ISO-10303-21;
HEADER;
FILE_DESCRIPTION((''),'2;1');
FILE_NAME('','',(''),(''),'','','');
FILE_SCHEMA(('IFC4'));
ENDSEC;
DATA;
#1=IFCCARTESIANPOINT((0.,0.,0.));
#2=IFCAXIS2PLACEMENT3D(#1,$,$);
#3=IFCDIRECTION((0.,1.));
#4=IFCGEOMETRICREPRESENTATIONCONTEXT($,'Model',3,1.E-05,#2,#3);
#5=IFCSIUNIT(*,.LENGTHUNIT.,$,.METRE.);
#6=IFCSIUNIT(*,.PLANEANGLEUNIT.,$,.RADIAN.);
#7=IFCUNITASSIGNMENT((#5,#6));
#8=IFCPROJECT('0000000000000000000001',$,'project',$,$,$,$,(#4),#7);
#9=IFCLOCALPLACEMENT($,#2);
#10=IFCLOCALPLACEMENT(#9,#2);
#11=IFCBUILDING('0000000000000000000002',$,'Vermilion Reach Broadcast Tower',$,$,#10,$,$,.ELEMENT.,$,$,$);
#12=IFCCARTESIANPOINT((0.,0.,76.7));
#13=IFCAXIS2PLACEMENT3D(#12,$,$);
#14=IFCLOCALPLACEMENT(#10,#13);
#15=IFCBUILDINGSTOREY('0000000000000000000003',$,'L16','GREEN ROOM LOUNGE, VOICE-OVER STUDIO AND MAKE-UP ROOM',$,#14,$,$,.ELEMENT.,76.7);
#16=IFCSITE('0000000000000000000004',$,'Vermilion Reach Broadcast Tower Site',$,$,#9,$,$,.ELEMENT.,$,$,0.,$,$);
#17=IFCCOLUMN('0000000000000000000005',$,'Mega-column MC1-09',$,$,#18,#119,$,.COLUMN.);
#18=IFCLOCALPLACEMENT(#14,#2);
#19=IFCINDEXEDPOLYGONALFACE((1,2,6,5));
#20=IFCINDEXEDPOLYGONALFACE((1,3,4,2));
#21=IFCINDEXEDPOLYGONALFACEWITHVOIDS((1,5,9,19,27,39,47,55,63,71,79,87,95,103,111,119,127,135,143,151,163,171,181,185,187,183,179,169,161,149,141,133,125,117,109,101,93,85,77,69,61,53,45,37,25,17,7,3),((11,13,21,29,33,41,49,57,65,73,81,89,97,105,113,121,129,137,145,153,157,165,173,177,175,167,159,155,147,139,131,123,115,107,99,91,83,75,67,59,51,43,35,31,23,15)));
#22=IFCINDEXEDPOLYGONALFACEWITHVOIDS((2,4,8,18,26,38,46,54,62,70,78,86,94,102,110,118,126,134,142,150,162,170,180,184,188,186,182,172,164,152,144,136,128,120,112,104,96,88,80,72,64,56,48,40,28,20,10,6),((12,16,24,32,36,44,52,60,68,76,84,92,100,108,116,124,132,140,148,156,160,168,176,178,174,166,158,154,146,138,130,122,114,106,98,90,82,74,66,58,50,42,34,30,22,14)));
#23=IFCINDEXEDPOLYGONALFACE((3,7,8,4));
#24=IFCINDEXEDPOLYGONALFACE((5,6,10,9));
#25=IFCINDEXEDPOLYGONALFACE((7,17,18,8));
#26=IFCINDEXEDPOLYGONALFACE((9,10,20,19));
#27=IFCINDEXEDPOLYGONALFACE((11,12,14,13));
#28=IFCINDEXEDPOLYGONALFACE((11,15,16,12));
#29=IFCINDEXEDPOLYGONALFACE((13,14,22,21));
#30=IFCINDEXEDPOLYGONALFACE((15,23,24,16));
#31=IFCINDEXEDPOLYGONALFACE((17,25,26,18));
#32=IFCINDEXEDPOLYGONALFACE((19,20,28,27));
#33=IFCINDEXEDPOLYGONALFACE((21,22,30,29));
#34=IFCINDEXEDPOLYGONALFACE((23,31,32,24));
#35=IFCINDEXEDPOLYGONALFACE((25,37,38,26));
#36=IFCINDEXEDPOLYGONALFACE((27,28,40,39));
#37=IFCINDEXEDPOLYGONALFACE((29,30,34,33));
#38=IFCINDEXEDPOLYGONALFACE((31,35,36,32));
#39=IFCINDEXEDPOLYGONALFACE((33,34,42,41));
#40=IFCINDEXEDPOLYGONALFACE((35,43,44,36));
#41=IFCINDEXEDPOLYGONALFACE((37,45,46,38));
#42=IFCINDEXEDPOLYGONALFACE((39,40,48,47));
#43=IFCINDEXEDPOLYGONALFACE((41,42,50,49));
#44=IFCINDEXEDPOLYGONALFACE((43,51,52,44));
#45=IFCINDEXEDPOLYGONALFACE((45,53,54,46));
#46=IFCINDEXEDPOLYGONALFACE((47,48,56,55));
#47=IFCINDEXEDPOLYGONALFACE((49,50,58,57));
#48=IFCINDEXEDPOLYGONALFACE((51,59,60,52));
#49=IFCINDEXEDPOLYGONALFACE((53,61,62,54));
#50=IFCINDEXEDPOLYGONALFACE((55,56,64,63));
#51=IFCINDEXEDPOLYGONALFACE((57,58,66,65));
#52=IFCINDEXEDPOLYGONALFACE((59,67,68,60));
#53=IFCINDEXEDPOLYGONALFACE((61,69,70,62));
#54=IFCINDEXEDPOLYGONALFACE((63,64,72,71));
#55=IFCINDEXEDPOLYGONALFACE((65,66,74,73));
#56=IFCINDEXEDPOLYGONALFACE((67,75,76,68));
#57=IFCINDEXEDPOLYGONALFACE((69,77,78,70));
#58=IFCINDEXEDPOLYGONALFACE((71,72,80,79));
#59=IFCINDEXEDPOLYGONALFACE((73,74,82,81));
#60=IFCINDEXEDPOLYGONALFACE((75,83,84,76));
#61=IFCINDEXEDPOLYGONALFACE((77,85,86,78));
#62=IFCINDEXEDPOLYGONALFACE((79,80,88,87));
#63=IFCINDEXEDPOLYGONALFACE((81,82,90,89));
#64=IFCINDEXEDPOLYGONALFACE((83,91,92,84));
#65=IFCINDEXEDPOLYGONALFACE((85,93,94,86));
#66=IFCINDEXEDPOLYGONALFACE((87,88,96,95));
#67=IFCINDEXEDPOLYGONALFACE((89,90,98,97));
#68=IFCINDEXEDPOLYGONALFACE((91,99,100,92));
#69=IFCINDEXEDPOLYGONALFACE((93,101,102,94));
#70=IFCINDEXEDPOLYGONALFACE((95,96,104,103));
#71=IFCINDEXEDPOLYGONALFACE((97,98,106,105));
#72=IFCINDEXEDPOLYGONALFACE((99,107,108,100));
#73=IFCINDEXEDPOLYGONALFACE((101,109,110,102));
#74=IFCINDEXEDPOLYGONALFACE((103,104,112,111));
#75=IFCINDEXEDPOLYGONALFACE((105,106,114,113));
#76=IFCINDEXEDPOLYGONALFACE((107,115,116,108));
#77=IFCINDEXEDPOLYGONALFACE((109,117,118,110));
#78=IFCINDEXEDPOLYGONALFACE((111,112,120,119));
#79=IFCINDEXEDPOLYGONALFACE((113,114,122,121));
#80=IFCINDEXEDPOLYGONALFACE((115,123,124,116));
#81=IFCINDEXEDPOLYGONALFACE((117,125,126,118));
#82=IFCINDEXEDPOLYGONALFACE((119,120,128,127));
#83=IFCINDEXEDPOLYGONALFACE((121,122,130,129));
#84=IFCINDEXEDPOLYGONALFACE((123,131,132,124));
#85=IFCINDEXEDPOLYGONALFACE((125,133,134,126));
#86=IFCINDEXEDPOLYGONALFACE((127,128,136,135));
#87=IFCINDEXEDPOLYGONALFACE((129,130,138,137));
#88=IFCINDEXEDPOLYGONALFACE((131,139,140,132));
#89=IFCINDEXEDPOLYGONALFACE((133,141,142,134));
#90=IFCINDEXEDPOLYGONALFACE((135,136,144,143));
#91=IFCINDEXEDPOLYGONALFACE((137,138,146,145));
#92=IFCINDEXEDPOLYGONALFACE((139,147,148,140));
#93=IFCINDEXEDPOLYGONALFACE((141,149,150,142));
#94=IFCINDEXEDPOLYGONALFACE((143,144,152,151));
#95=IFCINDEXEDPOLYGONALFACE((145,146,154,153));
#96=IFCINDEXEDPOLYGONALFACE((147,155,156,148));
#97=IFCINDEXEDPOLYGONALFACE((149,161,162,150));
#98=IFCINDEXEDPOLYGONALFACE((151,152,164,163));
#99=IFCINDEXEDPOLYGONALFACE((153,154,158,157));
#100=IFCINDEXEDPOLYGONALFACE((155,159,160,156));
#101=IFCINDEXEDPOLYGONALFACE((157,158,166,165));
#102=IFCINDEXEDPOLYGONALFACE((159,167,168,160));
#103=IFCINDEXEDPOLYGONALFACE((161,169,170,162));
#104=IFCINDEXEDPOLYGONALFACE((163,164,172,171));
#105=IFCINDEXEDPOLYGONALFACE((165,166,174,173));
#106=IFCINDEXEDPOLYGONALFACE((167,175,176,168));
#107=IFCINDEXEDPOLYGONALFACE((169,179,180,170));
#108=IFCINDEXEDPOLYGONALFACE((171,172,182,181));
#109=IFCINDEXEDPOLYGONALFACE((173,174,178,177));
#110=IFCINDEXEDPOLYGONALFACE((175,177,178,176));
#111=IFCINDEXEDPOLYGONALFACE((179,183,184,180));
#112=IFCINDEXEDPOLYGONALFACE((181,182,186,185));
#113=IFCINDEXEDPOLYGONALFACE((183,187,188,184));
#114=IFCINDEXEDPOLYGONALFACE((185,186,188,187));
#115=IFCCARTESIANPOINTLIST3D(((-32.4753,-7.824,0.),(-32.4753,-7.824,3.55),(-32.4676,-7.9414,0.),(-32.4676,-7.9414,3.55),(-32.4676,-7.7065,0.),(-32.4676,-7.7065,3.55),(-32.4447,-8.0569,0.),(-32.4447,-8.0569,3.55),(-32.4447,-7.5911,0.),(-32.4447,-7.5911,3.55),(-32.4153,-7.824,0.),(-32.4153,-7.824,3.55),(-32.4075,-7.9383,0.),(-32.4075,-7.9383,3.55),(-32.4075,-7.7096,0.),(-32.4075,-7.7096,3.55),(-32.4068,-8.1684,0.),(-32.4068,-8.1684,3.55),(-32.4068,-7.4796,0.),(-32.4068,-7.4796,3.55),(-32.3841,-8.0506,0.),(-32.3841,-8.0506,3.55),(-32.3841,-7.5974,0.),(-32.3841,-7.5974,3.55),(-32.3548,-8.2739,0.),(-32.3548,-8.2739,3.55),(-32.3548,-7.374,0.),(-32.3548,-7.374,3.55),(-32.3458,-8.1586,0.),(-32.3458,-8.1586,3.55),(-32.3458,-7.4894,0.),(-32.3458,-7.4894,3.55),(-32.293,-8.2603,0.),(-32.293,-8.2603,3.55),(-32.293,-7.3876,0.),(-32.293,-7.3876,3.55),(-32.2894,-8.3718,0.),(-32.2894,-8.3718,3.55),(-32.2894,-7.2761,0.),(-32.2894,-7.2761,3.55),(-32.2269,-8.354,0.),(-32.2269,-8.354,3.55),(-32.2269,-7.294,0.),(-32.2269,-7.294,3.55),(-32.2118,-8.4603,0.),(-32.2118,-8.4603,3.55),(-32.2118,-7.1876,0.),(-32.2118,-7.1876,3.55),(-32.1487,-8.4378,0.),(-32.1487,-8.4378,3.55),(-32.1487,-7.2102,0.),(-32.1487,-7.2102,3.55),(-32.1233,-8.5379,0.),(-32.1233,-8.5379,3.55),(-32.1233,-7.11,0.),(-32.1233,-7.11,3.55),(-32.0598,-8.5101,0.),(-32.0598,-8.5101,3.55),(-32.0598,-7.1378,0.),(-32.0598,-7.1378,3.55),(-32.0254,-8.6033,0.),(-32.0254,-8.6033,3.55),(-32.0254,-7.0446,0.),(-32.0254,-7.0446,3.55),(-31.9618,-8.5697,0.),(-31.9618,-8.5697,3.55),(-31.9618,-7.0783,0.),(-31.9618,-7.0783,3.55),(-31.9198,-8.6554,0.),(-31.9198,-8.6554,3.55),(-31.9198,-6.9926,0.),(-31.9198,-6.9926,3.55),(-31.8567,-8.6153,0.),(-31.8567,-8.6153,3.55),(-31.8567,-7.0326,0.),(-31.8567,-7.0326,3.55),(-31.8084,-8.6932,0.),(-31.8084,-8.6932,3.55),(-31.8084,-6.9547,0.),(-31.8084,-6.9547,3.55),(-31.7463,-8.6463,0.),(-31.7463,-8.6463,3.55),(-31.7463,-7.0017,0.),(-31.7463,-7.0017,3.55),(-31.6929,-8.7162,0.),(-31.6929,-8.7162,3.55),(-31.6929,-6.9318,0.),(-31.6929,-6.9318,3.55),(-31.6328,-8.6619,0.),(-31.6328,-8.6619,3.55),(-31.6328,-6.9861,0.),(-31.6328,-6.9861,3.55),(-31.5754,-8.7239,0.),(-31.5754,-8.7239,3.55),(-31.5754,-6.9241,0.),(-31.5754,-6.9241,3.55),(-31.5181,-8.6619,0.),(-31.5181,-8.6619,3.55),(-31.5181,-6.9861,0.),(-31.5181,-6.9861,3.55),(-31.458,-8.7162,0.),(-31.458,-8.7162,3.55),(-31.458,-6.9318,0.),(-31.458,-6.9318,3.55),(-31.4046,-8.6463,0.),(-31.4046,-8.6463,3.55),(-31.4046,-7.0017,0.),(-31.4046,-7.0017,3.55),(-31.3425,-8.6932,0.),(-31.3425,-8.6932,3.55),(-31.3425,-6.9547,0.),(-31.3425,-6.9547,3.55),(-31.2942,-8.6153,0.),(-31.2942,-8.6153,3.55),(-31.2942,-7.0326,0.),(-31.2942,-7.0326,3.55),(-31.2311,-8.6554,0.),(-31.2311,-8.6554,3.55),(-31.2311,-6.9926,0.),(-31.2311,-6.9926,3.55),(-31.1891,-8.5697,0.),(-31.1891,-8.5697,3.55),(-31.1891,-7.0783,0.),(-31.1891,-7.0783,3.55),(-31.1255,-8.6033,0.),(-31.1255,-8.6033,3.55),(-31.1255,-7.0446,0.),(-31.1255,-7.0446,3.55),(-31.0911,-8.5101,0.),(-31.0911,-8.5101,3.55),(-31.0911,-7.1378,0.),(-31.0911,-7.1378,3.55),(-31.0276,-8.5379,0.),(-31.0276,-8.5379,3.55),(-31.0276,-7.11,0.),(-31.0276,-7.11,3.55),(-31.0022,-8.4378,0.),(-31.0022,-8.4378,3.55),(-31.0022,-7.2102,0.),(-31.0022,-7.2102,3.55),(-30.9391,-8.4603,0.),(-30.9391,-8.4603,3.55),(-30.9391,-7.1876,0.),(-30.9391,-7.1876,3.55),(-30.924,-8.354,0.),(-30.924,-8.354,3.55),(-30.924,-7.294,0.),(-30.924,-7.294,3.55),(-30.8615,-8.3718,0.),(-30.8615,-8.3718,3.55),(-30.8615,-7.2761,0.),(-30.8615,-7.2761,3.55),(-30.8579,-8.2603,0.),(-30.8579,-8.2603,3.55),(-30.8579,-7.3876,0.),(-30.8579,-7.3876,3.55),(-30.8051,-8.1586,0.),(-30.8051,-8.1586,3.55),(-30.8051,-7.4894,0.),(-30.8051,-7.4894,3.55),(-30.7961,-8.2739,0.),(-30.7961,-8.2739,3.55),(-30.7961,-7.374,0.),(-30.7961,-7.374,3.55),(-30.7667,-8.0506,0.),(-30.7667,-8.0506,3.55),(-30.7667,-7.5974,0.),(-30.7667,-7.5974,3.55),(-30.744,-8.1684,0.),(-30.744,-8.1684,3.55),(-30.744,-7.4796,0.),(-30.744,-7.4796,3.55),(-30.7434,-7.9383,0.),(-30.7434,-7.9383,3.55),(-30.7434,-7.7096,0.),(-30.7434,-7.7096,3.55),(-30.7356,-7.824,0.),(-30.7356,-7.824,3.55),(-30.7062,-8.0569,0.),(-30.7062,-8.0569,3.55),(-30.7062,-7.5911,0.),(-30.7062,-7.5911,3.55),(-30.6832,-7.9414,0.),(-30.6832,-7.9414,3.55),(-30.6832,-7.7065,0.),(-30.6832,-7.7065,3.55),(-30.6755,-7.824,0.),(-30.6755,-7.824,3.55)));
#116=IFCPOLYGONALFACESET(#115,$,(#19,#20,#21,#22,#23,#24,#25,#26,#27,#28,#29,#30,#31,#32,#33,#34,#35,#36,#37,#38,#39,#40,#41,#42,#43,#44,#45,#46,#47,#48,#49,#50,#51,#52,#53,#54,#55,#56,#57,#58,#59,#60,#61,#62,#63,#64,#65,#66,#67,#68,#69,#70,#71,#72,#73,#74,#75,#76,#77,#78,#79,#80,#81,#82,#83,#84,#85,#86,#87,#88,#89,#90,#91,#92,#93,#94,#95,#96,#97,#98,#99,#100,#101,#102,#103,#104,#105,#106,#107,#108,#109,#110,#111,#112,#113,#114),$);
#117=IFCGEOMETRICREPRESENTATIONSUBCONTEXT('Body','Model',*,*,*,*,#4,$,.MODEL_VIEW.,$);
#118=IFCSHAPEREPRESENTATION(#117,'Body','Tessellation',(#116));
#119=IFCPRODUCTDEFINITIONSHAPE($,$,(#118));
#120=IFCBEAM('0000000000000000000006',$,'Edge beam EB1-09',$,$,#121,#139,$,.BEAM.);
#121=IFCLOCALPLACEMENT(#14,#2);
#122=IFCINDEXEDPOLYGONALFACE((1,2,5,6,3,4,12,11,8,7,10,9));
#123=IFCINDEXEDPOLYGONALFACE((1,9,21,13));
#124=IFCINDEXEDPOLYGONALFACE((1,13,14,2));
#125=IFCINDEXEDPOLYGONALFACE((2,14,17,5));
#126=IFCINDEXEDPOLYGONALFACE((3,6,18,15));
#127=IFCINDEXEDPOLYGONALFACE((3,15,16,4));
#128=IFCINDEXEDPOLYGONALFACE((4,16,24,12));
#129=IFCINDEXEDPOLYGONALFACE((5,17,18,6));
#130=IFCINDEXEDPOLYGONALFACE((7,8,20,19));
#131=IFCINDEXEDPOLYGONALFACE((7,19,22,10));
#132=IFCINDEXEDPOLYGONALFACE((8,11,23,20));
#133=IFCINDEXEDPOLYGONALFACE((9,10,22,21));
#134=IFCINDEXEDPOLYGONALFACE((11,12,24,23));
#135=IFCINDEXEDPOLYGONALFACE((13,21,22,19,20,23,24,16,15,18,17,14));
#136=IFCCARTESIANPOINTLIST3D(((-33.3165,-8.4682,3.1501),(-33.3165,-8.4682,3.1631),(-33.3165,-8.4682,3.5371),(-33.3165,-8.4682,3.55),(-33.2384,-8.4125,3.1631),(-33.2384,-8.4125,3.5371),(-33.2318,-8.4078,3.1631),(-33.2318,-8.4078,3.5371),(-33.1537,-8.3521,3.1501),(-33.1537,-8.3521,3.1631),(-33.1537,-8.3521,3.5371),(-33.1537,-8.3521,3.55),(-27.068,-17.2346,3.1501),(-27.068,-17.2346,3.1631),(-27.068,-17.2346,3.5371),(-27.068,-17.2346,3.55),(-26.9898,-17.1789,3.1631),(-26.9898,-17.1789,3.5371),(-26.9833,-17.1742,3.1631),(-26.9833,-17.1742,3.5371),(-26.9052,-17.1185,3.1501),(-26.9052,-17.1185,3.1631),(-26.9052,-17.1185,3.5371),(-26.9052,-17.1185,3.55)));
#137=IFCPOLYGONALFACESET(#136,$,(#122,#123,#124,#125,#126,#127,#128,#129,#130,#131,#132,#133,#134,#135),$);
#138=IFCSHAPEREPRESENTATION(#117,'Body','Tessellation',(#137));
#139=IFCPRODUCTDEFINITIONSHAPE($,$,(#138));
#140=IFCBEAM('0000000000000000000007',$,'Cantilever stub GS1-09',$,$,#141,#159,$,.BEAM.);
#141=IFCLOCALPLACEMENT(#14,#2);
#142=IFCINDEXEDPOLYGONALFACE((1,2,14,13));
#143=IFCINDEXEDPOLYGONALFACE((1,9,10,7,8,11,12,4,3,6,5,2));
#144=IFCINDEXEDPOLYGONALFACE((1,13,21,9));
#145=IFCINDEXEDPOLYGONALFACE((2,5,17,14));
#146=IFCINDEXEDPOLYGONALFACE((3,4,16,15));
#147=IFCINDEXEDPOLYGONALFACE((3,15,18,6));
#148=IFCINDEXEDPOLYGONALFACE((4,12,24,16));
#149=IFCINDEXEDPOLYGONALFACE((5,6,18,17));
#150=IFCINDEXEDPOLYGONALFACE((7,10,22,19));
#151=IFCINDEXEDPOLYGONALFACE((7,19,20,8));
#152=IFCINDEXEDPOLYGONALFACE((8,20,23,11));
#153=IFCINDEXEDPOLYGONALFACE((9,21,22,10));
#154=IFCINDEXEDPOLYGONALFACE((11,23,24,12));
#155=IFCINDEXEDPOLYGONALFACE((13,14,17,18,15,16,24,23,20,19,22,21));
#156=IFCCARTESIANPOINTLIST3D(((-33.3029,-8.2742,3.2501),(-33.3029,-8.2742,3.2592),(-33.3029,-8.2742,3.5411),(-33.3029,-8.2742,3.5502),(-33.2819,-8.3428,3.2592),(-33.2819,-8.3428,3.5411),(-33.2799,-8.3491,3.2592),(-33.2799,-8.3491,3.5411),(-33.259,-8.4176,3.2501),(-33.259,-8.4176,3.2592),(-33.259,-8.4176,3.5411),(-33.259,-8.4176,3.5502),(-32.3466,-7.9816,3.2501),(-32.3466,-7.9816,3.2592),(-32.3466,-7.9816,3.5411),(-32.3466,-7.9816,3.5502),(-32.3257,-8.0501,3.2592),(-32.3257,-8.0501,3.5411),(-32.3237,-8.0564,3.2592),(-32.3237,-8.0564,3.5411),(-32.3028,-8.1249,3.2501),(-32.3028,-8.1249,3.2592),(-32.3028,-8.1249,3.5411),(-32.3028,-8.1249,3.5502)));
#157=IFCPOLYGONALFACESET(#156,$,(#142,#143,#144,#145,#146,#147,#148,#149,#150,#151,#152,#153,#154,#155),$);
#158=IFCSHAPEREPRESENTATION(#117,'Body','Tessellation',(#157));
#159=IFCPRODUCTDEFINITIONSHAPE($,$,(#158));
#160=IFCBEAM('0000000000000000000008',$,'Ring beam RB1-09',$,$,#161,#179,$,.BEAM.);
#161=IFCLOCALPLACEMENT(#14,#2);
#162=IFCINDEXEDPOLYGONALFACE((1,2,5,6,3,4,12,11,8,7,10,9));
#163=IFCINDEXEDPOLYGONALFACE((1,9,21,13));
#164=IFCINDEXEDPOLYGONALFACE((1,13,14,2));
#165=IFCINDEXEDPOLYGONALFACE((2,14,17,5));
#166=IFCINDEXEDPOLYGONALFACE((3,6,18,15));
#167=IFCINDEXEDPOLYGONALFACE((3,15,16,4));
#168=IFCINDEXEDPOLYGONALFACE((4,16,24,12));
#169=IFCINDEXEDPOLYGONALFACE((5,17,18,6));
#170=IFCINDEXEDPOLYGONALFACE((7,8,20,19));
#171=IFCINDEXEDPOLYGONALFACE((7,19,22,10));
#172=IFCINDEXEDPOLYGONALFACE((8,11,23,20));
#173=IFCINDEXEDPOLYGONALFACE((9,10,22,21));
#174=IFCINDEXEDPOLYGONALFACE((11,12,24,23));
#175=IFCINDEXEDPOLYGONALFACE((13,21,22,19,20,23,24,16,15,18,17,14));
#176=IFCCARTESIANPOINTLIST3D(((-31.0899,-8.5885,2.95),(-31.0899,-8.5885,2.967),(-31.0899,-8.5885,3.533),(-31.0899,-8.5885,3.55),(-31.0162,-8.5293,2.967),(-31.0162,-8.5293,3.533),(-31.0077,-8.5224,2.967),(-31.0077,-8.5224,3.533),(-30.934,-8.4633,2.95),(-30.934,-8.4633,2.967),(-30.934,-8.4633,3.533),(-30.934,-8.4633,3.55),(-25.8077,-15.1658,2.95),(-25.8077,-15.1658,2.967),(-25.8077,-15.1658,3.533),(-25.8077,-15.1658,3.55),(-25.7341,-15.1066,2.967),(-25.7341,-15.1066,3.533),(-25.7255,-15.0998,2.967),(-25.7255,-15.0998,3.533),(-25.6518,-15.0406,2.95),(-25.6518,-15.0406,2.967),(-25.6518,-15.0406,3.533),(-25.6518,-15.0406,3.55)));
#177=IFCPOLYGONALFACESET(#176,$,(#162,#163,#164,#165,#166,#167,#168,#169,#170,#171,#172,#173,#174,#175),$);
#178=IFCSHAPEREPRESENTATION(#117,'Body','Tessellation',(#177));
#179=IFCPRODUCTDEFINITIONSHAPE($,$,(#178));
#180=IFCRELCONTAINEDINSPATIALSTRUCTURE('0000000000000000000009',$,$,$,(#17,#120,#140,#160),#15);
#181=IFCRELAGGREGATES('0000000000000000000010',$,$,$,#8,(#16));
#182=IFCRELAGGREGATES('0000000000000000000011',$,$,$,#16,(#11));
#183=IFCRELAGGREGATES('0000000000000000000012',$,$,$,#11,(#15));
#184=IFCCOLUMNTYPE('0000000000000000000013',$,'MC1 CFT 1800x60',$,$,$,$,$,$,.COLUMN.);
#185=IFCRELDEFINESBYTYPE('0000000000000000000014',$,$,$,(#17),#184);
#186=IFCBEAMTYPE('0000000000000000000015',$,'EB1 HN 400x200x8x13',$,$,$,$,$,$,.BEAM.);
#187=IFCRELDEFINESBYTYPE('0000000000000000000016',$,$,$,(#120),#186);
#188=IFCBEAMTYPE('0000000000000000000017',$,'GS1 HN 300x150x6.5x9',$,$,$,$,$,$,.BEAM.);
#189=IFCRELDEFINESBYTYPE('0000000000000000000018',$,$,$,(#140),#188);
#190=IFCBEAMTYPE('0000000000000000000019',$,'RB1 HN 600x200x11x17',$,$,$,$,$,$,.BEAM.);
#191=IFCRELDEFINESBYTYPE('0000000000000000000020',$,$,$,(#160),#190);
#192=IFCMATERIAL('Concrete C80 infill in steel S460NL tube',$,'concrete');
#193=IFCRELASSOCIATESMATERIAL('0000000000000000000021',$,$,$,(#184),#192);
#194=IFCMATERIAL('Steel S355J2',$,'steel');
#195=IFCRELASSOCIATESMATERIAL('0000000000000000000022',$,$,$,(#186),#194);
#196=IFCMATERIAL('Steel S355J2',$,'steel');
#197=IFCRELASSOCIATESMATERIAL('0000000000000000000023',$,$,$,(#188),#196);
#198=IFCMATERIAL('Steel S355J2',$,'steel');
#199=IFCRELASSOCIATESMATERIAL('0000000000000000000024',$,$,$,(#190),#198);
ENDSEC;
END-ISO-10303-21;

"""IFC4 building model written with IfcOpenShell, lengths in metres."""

from ifc_helpers import new_model, si_unit, direction, frame, origin, origin_2d, place, context, subcontext, project, spatial, hollow_circle, i_section, extrude, material, material_profile, profile_set, type_object, element, save


model = new_model("IFC4")

# Units and contexts
model_context = context("Model", 3, precision=1e-05, world=origin(), true_north=direction((0.0, 1.0)))
body_context = subcontext(model_context, "Body", "Model", "MODEL_VIEW")
ifc_project = project(units=[si_unit("LENGTHUNIT", "METRE"), si_unit("PLANEANGLEUNIT", "RADIAN")], contexts=[model_context])

# Site, building, storey
site_placement = place(None, origin())
site = spatial("IfcSite", under=ifc_project, at=site_placement, Name="Vermilion Reach Broadcast Tower Site", CompositionType="ELEMENT", RefElevation=0.0)
building_placement = place(site_placement, origin())
building = spatial("IfcBuilding", under=site, at=building_placement, Name="Vermilion Reach Broadcast Tower", CompositionType="ELEMENT")
storey_placement = place(building_placement, frame((0.0, 0.0, 76.7)))
storey = spatial("IfcBuildingStorey", under=building, at=storey_placement, Name="L16", Description="GREEN ROOM LOUNGE, VOICE-OVER STUDIO AND MAKE-UP ROOM", CompositionType="ELEMENT", Elevation=76.7)

# Column
ifc_material_1 = material(Name="Concrete C80 infill in steel S460NL tube", Category="concrete")
ifc_material_profile_1 = material_profile(ifc_material_1, hollow_circle(Radius=0.8999, WallThickness=0.0601, at=origin_2d()), Name="Concrete C80 infill in steel S460NL tube CFT 1800x60")
ifc_profile_set_1 = profile_set([ifc_material_profile_1], Name="Concrete C80 infill in steel S460NL tube")
column_type = type_object("IfcColumnType", Name="MC1 CFT 1800x60", PredefinedType="COLUMN", material=ifc_profile_set_1)
column_placement = place(storey_placement, frame((-31.5754, -7.824, 0.0), z_axis=(0.0, 0.0, 1.0), x_axis=(1.0, 0.0, 0.0)))
element("IfcColumn", 1, at=column_placement, inside=storey, type_object=column_type, Name="Mega-column MC1-09", PredefinedType="COLUMN", context=body_context, shape_type="SweptSolid", body=[
    extrude(hollow_circle(Radius=0.8999, WallThickness=0.0601, at=origin_2d()), origin(), (0.0, 0.0, 1.0), 3.55),
])

# Beams
ifc_material_2 = material(Name="Steel S355J2", Category="steel")
ifc_material_profile_2 = material_profile(ifc_material_2, i_section(OverallWidth=0.2, OverallDepth=0.3999, WebThickness=0.0081, FlangeThickness=0.0129, at=origin_2d()), Name="S355J2 HN 400x200x8x13")
ifc_profile_set_2 = profile_set([ifc_material_profile_2], Name="Steel S355J2")
beam_type_1 = type_object("IfcBeamType", Name="EB1 HN 400x200x8x13", PredefinedType="BEAM", material=ifc_profile_set_2)
beam_1_placement = place(storey_placement, frame((-33.2351, -8.4102, 3.3501), z_axis=(0.580429, -0.814311, 0.0), x_axis=(0.814311, 0.580429, 0.0)))
element("IfcBeam", 2, at=beam_1_placement, inside=storey, type_object=beam_type_1, Name="Edge beam EB1-09", PredefinedType="BEAM", context=body_context, shape_type="SweptSolid", body=[
    extrude(i_section(OverallWidth=0.2, OverallDepth=0.3999, WebThickness=0.0081, FlangeThickness=0.0129, at=origin_2d()), origin(), (0.0, 0.0, 1.0), 10.7654),
])
ifc_material_3 = material(Name="Steel S355J2", Category="steel")
ifc_material_profile_3 = material_profile(ifc_material_3, i_section(OverallWidth=0.1499, OverallDepth=0.3, WebThickness=0.0066, FlangeThickness=0.009, at=origin_2d()), Name="S355J2 HN 300x150x6.5x9")
ifc_profile_set_3 = profile_set([ifc_material_profile_3], Name="Steel S355J2")
beam_type_2 = type_object("IfcBeamType", Name="GS1 HN 300x150x6.5x9", PredefinedType="BEAM", material=ifc_profile_set_3)
beam_2_placement = place(storey_placement, frame((-32.3247, -8.0532, 3.4001), z_axis=(-0.956206, -0.292696, 0.0), x_axis=(0.292696, -0.956206, 0.0)))
element("IfcBeam", 3, at=beam_2_placement, inside=storey, type_object=beam_type_2, Name="Cantilever stub GS1-09", PredefinedType="BEAM", context=body_context, shape_type="SweptSolid", body=[
    extrude(i_section(OverallWidth=0.1499, OverallDepth=0.3, WebThickness=0.0066, FlangeThickness=0.009, at=origin_2d()), origin(), (0.0, 0.0, 1.0), 1.0),
])
ifc_material_4 = material(Name="Steel S355J2", Category="steel")
ifc_material_profile_4 = material_profile(ifc_material_4, i_section(OverallWidth=0.2, OverallDepth=0.6001, WebThickness=0.011, FlangeThickness=0.0171, at=origin_2d()), Name="S355J2 HN 600x200x11x17")
ifc_profile_set_4 = profile_set([ifc_material_profile_4], Name="Steel S355J2")
beam_type_3 = type_object("IfcBeamType", Name="RB1 HN 600x200x11x17", PredefinedType="BEAM", material=ifc_profile_set_4)
beam_3_placement = place(storey_placement, frame((-31.012, -8.5259, 3.25), z_axis=(0.626162, -0.779693, 0.0), x_axis=(0.779693, 0.626162, 0.0)))
element("IfcBeam", 4, at=beam_3_placement, inside=storey, type_object=beam_type_3, Name="Ring beam RB1-09", PredefinedType="BEAM", context=body_context, shape_type="SweptSolid", body=[
    extrude(i_section(OverallWidth=0.2, OverallDepth=0.6001, WebThickness=0.011, FlangeThickness=0.0171, at=origin_2d()), origin(), (0.0, 0.0, 1.0), 8.4358),
])

save(model, "model.ifc")
